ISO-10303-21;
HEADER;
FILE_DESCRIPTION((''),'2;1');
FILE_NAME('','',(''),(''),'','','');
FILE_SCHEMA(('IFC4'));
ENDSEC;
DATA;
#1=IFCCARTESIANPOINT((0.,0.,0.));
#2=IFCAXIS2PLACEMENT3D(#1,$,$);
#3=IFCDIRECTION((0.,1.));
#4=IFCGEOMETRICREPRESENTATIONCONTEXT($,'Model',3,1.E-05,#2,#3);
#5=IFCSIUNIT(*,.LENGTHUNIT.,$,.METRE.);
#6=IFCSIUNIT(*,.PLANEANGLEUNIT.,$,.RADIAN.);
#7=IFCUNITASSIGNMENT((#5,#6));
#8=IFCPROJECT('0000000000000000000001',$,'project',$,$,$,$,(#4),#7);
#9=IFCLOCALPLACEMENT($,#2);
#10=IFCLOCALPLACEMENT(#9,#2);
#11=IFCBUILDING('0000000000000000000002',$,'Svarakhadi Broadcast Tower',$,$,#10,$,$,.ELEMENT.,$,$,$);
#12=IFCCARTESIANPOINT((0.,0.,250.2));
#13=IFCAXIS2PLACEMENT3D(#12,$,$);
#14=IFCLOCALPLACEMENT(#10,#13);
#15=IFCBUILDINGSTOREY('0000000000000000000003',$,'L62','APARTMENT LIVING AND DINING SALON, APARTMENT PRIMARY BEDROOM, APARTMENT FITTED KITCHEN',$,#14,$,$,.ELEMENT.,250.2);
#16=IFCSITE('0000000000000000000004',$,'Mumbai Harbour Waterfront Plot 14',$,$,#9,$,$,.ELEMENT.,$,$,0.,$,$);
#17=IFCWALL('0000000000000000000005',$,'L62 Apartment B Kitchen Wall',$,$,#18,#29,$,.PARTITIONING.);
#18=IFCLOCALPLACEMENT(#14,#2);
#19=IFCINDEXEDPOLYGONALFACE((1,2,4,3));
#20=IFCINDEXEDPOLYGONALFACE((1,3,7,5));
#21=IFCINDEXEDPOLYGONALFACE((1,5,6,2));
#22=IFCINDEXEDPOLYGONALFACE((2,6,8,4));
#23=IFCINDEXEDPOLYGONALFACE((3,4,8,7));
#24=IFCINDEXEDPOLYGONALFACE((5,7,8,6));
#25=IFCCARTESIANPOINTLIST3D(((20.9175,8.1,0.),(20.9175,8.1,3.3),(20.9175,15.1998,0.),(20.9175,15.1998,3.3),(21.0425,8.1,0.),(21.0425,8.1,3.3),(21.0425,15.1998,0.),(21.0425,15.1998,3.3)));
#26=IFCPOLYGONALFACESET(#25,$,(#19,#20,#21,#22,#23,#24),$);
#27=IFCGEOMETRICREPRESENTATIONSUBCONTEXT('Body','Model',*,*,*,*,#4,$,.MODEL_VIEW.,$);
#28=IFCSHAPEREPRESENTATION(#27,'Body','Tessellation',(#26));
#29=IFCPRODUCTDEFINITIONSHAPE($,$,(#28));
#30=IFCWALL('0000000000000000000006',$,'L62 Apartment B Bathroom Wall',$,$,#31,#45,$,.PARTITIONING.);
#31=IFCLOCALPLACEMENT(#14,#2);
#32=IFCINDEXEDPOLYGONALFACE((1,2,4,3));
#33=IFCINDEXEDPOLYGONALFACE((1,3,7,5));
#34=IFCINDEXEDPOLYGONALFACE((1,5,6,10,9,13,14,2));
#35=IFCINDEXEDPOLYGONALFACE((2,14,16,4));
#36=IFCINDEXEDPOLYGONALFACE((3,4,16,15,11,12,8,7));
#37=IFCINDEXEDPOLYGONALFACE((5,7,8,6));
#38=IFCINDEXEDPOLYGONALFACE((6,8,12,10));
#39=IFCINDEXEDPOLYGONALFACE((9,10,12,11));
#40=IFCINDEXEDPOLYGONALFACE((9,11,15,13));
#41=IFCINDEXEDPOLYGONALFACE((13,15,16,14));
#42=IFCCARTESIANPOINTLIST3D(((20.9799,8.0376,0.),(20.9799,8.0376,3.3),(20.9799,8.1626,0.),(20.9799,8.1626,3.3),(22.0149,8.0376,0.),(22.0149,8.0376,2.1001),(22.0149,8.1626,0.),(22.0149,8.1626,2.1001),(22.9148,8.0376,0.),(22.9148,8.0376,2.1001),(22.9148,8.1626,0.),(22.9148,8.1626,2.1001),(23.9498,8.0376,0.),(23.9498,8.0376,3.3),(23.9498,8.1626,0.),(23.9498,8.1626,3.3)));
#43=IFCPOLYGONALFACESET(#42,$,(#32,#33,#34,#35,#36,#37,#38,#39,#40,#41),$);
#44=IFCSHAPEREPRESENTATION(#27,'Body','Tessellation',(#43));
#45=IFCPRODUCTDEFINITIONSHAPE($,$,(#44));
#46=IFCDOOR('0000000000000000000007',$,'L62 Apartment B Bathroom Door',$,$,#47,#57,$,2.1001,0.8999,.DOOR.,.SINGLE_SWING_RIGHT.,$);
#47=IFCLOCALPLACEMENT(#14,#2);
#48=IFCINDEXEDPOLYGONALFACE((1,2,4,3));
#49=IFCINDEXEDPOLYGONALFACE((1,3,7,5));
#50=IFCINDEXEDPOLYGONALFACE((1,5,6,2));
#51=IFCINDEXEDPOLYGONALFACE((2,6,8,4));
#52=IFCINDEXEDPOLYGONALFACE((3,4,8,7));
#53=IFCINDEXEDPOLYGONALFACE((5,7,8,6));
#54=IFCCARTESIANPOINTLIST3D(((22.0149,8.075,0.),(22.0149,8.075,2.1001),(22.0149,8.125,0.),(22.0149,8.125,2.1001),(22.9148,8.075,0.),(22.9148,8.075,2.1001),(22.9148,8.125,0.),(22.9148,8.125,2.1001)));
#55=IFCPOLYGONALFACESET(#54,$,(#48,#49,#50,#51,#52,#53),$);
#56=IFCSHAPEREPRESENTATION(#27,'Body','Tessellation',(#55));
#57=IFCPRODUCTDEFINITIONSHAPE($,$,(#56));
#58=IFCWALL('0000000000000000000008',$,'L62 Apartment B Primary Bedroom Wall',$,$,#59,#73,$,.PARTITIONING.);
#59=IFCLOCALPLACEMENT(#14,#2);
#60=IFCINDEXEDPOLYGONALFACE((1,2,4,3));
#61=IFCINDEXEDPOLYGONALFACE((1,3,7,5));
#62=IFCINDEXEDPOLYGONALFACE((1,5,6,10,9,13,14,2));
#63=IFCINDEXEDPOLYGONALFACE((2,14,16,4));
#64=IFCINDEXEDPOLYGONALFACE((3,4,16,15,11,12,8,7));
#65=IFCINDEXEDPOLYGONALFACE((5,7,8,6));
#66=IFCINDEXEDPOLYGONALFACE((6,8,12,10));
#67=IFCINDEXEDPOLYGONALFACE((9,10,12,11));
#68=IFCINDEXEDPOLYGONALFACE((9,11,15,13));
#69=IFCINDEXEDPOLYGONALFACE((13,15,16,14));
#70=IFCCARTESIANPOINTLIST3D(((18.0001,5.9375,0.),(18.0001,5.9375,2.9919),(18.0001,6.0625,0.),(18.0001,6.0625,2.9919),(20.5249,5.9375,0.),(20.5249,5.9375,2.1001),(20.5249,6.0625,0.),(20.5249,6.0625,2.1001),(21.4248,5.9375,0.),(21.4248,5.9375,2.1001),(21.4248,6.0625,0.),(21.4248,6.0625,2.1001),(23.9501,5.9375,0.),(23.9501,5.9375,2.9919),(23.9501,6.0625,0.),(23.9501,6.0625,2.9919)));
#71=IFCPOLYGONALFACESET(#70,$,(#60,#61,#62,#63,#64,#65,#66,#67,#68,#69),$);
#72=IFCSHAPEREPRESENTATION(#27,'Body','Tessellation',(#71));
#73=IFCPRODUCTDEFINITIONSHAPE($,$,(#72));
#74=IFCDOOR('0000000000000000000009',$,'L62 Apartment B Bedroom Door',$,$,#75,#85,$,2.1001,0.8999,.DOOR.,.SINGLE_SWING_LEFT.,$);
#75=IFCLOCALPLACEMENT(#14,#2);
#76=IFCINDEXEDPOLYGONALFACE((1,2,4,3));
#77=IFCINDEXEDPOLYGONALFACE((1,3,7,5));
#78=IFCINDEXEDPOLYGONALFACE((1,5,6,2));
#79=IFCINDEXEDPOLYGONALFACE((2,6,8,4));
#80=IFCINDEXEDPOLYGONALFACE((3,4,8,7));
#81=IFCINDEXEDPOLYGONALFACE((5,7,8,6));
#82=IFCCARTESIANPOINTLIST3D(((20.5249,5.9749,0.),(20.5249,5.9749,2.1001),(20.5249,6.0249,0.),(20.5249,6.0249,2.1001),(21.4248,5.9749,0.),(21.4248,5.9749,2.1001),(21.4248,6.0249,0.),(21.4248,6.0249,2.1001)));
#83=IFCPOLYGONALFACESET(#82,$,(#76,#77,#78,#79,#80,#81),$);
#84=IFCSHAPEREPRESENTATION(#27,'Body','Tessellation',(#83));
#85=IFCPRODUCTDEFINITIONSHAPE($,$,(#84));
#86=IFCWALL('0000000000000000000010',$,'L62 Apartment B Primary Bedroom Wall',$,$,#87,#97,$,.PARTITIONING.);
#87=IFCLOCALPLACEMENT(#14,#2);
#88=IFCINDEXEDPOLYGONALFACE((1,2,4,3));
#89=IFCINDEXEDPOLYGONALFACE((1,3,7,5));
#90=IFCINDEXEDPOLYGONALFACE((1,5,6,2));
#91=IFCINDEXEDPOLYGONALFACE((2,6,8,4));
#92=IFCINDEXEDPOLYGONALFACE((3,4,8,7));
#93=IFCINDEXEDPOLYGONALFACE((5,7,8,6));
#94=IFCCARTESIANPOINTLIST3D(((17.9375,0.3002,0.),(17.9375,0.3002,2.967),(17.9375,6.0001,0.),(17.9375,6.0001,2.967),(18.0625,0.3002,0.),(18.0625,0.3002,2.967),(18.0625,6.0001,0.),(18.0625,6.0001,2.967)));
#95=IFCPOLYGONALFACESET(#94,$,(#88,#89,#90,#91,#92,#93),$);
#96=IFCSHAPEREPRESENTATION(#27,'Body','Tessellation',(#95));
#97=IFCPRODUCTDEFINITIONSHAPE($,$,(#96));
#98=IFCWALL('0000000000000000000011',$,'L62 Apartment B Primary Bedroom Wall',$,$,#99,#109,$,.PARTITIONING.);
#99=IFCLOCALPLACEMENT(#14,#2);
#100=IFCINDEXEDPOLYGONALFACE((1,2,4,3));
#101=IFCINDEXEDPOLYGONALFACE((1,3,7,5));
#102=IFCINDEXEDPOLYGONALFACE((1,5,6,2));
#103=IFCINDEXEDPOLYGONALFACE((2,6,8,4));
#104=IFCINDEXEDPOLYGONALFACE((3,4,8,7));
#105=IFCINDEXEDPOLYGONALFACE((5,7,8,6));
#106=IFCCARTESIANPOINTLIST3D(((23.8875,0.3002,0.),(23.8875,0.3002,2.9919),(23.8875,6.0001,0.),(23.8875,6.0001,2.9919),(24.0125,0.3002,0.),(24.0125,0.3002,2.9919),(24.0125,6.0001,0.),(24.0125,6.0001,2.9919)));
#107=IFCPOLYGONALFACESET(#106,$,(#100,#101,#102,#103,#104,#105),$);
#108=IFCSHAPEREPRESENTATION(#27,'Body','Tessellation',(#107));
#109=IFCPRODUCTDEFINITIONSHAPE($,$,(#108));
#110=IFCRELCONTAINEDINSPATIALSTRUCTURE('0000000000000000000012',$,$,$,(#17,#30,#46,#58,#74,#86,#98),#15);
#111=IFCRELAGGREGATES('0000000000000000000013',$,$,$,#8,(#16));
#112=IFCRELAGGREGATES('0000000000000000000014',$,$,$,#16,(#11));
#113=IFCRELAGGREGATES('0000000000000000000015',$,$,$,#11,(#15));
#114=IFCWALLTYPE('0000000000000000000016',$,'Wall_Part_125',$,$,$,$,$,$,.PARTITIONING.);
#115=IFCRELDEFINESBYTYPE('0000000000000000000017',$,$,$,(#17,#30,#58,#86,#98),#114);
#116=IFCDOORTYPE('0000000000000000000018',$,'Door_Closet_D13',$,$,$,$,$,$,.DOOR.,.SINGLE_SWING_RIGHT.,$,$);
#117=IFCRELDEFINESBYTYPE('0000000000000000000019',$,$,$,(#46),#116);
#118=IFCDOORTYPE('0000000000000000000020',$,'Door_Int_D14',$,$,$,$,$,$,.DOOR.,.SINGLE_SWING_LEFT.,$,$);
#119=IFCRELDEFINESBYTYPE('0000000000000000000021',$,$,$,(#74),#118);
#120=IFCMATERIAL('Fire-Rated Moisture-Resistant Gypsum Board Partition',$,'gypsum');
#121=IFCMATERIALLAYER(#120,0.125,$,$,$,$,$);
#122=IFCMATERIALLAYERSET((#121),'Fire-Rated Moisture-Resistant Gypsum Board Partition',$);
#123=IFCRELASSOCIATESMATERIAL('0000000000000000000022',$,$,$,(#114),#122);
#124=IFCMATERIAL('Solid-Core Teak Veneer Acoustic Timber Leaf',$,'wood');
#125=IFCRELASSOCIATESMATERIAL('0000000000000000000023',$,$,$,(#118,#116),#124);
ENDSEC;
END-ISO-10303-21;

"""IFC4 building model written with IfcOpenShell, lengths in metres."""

from ifc_helpers import new_model, si_unit, direction, frame, frame_2d, origin, place, context, subcontext, project, spatial, rectangle, extrude, material, layer, layer_set, type_object, element, fill, save


model = new_model("IFC4")

# Units and contexts
model_context = context("Model", 3, precision=1e-05, world=origin(), true_north=direction((0.0, 1.0)))
body_context = subcontext(model_context, "Body", "Model", "MODEL_VIEW")
ifc_project = project(units=[si_unit("LENGTHUNIT", "METRE"), si_unit("PLANEANGLEUNIT", "RADIAN")], contexts=[model_context])

# Site, building, storey
site_placement = place(None, origin())
site = spatial("IfcSite", under=ifc_project, at=site_placement, Name="Mumbai Harbour Waterfront Plot 14", CompositionType="ELEMENT", RefElevation=0.0)
building_placement = place(site_placement, origin())
building = spatial("IfcBuilding", under=site, at=building_placement, Name="Svarakhadi Broadcast Tower", CompositionType="ELEMENT")
storey_placement = place(building_placement, frame((0.0, 0.0, 250.2)))
storey = spatial("IfcBuildingStorey", under=building, at=storey_placement, Name="L62", Description="APARTMENT LIVING AND DINING SALON, APARTMENT PRIMARY BEDROOM, APARTMENT FITTED KITCHEN", CompositionType="ELEMENT", Elevation=250.2)

# Shared definitions
ifc_material_1 = material(Name="Fire-Rated Moisture-Resistant Gypsum Board Partition", Category="gypsum")
ifc_layer_1 = layer(ifc_material_1, 0.125)
ifc_layer_set_1 = layer_set([ifc_layer_1], Name="Fire-Rated Moisture-Resistant Gypsum Board Partition")
wall_type_1 = type_object("IfcWallType", Name="Wall_Part_125", PredefinedType="PARTITIONING", material=ifc_layer_set_1)
ifc_material_2 = material(Name="Solid-Core Teak Veneer Acoustic Timber Leaf", Category="wood")
door_type_1 = type_object("IfcDoorType", Name="Door_Int_D14", OperationType="SINGLE_SWING_LEFT", PredefinedType="DOOR", material=ifc_material_2)

# Wall
wall_1_placement = place(storey_placement, frame((20.98, 8.1001, 0.0), z_axis=(0.0, 0.0, 1.0), x_axis=(0.0, 1.0, 0.0)))
element("IfcWall", 1, at=wall_1_placement, inside=storey, type_object=wall_type_1, Name="L62 Apartment B Kitchen Wall", PredefinedType="PARTITIONING", context=body_context, shape_type="SweptSolid", body=[
    extrude(rectangle(XDim=7.0999, YDim=0.125, at=frame_2d((3.5498, 0.0))), origin(), (0.0, 0.0, 1.0), 3.3),
])

# Walls, openings, doors
wall_2_placement = place(storey_placement, frame((20.98, 8.1001, 0.0), z_axis=(0.0, 0.0, 1.0), x_axis=(1.0, 0.0, 0.0)))
wall_2 = element("IfcWall", 2, at=wall_2_placement, inside=storey, type_object=wall_type_1, Name="L62 Apartment B Bathroom Wall", PredefinedType="PARTITIONING", context=body_context, shape_type="SweptSolid", body=[
    extrude(rectangle(XDim=2.97, YDim=0.125, at=frame_2d((1.4849, 0.0))), origin(), (0.0, 0.0, 1.0), 3.3),
])
opening_1_placement = place(wall_2_placement, frame((1.0349, 0.0, 0.0)))
opening_1 = element("IfcOpeningElement", 3, at=opening_1_placement, cuts=wall_2, PredefinedType="OPENING", context=body_context, shape_type="SweptSolid", body=[
    extrude(rectangle(XDim=0.8999, YDim=2.1001, at=frame_2d((0.45, 1.05))), frame((0.0, 0.0725, 0.0), z_axis=(0.0, -1.0, 0.0), x_axis=(1.0, 0.0, 0.0)), (0.0, 0.0, 1.0), 0.145),
])
door_type_2 = type_object("IfcDoorType", Name="Door_Closet_D13", OperationType="SINGLE_SWING_RIGHT", PredefinedType="DOOR", material=ifc_material_2)
door_1_placement = place(opening_1_placement, origin())
door_1 = element("IfcDoor", 4, at=door_1_placement, inside=storey, type_object=door_type_2, Name="L62 Apartment B Bathroom Door", OperationType="SINGLE_SWING_RIGHT", OverallHeight=2.1001, OverallWidth=0.8999, PredefinedType="DOOR", context=body_context, shape_type="SweptSolid", body=[
    extrude(rectangle(XDim=0.8999, YDim=2.1001, at=frame_2d((0.45, 1.05))), frame((0.0, 0.0249, 0.0), z_axis=(0.0, -1.0, 0.0), x_axis=(1.0, 0.0, 0.0)), (0.0, 0.0, 1.0), 0.05),
])
fill(opening_1, door_1)
wall_3_placement = place(storey_placement, frame((18.0, 6.0, 0.0), z_axis=(0.0, 0.0, 1.0), x_axis=(1.0, 0.0, 0.0)))
wall_3 = element("IfcWall", 5, at=wall_3_placement, inside=storey, type_object=wall_type_1, Name="L62 Apartment B Primary Bedroom Wall", PredefinedType="PARTITIONING", context=body_context, shape_type="SweptSolid", body=[
    extrude(rectangle(XDim=5.95, YDim=0.125, at=frame_2d((2.9751, 0.0))), origin(), (0.0, 0.0, 1.0), 2.9919),
])
opening_2_placement = place(wall_3_placement, frame((2.5249, 0.0, 0.0)))
opening_2 = element("IfcOpeningElement", 6, at=opening_2_placement, cuts=wall_3, PredefinedType="OPENING", context=body_context, shape_type="SweptSolid", body=[
    extrude(rectangle(XDim=0.8999, YDim=2.1001, at=frame_2d((0.45, 1.05))), frame((0.0, 0.0725, 0.0), z_axis=(0.0, -1.0, 0.0), x_axis=(1.0, 0.0, 0.0)), (0.0, 0.0, 1.0), 0.145),
])
door_2_placement = place(opening_2_placement, origin())
door_2 = element("IfcDoor", 7, at=door_2_placement, inside=storey, type_object=door_type_1, Name="L62 Apartment B Bedroom Door", OperationType="SINGLE_SWING_LEFT", OverallHeight=2.1001, OverallWidth=0.8999, PredefinedType="DOOR", context=body_context, shape_type="SweptSolid", body=[
    extrude(rectangle(XDim=0.8999, YDim=2.1001, at=frame_2d((0.45, 1.05))), frame((0.0, 0.0249, 0.0), z_axis=(0.0, -1.0, 0.0), x_axis=(1.0, 0.0, 0.0)), (0.0, 0.0, 1.0), 0.05),
])
fill(opening_2, door_2)

# Walls
wall_4_placement = place(storey_placement, frame((18.0, 0.3, 0.0), z_axis=(0.0, 0.0, 1.0), x_axis=(0.0, 1.0, 0.0)))
element("IfcWall", 8, at=wall_4_placement, inside=storey, type_object=wall_type_1, Name="L62 Apartment B Primary Bedroom Wall", PredefinedType="PARTITIONING", context=body_context, shape_type="SweptSolid", body=[
    extrude(rectangle(XDim=5.7, YDim=0.125, at=frame_2d((2.8501, 0.0))), origin(), (0.0, 0.0, 1.0), 2.967),
])
wall_5_placement = place(storey_placement, frame((23.95, 0.3, 0.0), z_axis=(0.0, 0.0, 1.0), x_axis=(0.0, 1.0, 0.0)))
element("IfcWall", 9, at=wall_5_placement, inside=storey, type_object=wall_type_1, Name="L62 Apartment B Primary Bedroom Wall", PredefinedType="PARTITIONING", context=body_context, shape_type="SweptSolid", body=[
    extrude(rectangle(XDim=5.7, YDim=0.125, at=frame_2d((2.8501, 0.0))), origin(), (0.0, 0.0, 1.0), 2.9919),
])

save(model, "model.ifc")
